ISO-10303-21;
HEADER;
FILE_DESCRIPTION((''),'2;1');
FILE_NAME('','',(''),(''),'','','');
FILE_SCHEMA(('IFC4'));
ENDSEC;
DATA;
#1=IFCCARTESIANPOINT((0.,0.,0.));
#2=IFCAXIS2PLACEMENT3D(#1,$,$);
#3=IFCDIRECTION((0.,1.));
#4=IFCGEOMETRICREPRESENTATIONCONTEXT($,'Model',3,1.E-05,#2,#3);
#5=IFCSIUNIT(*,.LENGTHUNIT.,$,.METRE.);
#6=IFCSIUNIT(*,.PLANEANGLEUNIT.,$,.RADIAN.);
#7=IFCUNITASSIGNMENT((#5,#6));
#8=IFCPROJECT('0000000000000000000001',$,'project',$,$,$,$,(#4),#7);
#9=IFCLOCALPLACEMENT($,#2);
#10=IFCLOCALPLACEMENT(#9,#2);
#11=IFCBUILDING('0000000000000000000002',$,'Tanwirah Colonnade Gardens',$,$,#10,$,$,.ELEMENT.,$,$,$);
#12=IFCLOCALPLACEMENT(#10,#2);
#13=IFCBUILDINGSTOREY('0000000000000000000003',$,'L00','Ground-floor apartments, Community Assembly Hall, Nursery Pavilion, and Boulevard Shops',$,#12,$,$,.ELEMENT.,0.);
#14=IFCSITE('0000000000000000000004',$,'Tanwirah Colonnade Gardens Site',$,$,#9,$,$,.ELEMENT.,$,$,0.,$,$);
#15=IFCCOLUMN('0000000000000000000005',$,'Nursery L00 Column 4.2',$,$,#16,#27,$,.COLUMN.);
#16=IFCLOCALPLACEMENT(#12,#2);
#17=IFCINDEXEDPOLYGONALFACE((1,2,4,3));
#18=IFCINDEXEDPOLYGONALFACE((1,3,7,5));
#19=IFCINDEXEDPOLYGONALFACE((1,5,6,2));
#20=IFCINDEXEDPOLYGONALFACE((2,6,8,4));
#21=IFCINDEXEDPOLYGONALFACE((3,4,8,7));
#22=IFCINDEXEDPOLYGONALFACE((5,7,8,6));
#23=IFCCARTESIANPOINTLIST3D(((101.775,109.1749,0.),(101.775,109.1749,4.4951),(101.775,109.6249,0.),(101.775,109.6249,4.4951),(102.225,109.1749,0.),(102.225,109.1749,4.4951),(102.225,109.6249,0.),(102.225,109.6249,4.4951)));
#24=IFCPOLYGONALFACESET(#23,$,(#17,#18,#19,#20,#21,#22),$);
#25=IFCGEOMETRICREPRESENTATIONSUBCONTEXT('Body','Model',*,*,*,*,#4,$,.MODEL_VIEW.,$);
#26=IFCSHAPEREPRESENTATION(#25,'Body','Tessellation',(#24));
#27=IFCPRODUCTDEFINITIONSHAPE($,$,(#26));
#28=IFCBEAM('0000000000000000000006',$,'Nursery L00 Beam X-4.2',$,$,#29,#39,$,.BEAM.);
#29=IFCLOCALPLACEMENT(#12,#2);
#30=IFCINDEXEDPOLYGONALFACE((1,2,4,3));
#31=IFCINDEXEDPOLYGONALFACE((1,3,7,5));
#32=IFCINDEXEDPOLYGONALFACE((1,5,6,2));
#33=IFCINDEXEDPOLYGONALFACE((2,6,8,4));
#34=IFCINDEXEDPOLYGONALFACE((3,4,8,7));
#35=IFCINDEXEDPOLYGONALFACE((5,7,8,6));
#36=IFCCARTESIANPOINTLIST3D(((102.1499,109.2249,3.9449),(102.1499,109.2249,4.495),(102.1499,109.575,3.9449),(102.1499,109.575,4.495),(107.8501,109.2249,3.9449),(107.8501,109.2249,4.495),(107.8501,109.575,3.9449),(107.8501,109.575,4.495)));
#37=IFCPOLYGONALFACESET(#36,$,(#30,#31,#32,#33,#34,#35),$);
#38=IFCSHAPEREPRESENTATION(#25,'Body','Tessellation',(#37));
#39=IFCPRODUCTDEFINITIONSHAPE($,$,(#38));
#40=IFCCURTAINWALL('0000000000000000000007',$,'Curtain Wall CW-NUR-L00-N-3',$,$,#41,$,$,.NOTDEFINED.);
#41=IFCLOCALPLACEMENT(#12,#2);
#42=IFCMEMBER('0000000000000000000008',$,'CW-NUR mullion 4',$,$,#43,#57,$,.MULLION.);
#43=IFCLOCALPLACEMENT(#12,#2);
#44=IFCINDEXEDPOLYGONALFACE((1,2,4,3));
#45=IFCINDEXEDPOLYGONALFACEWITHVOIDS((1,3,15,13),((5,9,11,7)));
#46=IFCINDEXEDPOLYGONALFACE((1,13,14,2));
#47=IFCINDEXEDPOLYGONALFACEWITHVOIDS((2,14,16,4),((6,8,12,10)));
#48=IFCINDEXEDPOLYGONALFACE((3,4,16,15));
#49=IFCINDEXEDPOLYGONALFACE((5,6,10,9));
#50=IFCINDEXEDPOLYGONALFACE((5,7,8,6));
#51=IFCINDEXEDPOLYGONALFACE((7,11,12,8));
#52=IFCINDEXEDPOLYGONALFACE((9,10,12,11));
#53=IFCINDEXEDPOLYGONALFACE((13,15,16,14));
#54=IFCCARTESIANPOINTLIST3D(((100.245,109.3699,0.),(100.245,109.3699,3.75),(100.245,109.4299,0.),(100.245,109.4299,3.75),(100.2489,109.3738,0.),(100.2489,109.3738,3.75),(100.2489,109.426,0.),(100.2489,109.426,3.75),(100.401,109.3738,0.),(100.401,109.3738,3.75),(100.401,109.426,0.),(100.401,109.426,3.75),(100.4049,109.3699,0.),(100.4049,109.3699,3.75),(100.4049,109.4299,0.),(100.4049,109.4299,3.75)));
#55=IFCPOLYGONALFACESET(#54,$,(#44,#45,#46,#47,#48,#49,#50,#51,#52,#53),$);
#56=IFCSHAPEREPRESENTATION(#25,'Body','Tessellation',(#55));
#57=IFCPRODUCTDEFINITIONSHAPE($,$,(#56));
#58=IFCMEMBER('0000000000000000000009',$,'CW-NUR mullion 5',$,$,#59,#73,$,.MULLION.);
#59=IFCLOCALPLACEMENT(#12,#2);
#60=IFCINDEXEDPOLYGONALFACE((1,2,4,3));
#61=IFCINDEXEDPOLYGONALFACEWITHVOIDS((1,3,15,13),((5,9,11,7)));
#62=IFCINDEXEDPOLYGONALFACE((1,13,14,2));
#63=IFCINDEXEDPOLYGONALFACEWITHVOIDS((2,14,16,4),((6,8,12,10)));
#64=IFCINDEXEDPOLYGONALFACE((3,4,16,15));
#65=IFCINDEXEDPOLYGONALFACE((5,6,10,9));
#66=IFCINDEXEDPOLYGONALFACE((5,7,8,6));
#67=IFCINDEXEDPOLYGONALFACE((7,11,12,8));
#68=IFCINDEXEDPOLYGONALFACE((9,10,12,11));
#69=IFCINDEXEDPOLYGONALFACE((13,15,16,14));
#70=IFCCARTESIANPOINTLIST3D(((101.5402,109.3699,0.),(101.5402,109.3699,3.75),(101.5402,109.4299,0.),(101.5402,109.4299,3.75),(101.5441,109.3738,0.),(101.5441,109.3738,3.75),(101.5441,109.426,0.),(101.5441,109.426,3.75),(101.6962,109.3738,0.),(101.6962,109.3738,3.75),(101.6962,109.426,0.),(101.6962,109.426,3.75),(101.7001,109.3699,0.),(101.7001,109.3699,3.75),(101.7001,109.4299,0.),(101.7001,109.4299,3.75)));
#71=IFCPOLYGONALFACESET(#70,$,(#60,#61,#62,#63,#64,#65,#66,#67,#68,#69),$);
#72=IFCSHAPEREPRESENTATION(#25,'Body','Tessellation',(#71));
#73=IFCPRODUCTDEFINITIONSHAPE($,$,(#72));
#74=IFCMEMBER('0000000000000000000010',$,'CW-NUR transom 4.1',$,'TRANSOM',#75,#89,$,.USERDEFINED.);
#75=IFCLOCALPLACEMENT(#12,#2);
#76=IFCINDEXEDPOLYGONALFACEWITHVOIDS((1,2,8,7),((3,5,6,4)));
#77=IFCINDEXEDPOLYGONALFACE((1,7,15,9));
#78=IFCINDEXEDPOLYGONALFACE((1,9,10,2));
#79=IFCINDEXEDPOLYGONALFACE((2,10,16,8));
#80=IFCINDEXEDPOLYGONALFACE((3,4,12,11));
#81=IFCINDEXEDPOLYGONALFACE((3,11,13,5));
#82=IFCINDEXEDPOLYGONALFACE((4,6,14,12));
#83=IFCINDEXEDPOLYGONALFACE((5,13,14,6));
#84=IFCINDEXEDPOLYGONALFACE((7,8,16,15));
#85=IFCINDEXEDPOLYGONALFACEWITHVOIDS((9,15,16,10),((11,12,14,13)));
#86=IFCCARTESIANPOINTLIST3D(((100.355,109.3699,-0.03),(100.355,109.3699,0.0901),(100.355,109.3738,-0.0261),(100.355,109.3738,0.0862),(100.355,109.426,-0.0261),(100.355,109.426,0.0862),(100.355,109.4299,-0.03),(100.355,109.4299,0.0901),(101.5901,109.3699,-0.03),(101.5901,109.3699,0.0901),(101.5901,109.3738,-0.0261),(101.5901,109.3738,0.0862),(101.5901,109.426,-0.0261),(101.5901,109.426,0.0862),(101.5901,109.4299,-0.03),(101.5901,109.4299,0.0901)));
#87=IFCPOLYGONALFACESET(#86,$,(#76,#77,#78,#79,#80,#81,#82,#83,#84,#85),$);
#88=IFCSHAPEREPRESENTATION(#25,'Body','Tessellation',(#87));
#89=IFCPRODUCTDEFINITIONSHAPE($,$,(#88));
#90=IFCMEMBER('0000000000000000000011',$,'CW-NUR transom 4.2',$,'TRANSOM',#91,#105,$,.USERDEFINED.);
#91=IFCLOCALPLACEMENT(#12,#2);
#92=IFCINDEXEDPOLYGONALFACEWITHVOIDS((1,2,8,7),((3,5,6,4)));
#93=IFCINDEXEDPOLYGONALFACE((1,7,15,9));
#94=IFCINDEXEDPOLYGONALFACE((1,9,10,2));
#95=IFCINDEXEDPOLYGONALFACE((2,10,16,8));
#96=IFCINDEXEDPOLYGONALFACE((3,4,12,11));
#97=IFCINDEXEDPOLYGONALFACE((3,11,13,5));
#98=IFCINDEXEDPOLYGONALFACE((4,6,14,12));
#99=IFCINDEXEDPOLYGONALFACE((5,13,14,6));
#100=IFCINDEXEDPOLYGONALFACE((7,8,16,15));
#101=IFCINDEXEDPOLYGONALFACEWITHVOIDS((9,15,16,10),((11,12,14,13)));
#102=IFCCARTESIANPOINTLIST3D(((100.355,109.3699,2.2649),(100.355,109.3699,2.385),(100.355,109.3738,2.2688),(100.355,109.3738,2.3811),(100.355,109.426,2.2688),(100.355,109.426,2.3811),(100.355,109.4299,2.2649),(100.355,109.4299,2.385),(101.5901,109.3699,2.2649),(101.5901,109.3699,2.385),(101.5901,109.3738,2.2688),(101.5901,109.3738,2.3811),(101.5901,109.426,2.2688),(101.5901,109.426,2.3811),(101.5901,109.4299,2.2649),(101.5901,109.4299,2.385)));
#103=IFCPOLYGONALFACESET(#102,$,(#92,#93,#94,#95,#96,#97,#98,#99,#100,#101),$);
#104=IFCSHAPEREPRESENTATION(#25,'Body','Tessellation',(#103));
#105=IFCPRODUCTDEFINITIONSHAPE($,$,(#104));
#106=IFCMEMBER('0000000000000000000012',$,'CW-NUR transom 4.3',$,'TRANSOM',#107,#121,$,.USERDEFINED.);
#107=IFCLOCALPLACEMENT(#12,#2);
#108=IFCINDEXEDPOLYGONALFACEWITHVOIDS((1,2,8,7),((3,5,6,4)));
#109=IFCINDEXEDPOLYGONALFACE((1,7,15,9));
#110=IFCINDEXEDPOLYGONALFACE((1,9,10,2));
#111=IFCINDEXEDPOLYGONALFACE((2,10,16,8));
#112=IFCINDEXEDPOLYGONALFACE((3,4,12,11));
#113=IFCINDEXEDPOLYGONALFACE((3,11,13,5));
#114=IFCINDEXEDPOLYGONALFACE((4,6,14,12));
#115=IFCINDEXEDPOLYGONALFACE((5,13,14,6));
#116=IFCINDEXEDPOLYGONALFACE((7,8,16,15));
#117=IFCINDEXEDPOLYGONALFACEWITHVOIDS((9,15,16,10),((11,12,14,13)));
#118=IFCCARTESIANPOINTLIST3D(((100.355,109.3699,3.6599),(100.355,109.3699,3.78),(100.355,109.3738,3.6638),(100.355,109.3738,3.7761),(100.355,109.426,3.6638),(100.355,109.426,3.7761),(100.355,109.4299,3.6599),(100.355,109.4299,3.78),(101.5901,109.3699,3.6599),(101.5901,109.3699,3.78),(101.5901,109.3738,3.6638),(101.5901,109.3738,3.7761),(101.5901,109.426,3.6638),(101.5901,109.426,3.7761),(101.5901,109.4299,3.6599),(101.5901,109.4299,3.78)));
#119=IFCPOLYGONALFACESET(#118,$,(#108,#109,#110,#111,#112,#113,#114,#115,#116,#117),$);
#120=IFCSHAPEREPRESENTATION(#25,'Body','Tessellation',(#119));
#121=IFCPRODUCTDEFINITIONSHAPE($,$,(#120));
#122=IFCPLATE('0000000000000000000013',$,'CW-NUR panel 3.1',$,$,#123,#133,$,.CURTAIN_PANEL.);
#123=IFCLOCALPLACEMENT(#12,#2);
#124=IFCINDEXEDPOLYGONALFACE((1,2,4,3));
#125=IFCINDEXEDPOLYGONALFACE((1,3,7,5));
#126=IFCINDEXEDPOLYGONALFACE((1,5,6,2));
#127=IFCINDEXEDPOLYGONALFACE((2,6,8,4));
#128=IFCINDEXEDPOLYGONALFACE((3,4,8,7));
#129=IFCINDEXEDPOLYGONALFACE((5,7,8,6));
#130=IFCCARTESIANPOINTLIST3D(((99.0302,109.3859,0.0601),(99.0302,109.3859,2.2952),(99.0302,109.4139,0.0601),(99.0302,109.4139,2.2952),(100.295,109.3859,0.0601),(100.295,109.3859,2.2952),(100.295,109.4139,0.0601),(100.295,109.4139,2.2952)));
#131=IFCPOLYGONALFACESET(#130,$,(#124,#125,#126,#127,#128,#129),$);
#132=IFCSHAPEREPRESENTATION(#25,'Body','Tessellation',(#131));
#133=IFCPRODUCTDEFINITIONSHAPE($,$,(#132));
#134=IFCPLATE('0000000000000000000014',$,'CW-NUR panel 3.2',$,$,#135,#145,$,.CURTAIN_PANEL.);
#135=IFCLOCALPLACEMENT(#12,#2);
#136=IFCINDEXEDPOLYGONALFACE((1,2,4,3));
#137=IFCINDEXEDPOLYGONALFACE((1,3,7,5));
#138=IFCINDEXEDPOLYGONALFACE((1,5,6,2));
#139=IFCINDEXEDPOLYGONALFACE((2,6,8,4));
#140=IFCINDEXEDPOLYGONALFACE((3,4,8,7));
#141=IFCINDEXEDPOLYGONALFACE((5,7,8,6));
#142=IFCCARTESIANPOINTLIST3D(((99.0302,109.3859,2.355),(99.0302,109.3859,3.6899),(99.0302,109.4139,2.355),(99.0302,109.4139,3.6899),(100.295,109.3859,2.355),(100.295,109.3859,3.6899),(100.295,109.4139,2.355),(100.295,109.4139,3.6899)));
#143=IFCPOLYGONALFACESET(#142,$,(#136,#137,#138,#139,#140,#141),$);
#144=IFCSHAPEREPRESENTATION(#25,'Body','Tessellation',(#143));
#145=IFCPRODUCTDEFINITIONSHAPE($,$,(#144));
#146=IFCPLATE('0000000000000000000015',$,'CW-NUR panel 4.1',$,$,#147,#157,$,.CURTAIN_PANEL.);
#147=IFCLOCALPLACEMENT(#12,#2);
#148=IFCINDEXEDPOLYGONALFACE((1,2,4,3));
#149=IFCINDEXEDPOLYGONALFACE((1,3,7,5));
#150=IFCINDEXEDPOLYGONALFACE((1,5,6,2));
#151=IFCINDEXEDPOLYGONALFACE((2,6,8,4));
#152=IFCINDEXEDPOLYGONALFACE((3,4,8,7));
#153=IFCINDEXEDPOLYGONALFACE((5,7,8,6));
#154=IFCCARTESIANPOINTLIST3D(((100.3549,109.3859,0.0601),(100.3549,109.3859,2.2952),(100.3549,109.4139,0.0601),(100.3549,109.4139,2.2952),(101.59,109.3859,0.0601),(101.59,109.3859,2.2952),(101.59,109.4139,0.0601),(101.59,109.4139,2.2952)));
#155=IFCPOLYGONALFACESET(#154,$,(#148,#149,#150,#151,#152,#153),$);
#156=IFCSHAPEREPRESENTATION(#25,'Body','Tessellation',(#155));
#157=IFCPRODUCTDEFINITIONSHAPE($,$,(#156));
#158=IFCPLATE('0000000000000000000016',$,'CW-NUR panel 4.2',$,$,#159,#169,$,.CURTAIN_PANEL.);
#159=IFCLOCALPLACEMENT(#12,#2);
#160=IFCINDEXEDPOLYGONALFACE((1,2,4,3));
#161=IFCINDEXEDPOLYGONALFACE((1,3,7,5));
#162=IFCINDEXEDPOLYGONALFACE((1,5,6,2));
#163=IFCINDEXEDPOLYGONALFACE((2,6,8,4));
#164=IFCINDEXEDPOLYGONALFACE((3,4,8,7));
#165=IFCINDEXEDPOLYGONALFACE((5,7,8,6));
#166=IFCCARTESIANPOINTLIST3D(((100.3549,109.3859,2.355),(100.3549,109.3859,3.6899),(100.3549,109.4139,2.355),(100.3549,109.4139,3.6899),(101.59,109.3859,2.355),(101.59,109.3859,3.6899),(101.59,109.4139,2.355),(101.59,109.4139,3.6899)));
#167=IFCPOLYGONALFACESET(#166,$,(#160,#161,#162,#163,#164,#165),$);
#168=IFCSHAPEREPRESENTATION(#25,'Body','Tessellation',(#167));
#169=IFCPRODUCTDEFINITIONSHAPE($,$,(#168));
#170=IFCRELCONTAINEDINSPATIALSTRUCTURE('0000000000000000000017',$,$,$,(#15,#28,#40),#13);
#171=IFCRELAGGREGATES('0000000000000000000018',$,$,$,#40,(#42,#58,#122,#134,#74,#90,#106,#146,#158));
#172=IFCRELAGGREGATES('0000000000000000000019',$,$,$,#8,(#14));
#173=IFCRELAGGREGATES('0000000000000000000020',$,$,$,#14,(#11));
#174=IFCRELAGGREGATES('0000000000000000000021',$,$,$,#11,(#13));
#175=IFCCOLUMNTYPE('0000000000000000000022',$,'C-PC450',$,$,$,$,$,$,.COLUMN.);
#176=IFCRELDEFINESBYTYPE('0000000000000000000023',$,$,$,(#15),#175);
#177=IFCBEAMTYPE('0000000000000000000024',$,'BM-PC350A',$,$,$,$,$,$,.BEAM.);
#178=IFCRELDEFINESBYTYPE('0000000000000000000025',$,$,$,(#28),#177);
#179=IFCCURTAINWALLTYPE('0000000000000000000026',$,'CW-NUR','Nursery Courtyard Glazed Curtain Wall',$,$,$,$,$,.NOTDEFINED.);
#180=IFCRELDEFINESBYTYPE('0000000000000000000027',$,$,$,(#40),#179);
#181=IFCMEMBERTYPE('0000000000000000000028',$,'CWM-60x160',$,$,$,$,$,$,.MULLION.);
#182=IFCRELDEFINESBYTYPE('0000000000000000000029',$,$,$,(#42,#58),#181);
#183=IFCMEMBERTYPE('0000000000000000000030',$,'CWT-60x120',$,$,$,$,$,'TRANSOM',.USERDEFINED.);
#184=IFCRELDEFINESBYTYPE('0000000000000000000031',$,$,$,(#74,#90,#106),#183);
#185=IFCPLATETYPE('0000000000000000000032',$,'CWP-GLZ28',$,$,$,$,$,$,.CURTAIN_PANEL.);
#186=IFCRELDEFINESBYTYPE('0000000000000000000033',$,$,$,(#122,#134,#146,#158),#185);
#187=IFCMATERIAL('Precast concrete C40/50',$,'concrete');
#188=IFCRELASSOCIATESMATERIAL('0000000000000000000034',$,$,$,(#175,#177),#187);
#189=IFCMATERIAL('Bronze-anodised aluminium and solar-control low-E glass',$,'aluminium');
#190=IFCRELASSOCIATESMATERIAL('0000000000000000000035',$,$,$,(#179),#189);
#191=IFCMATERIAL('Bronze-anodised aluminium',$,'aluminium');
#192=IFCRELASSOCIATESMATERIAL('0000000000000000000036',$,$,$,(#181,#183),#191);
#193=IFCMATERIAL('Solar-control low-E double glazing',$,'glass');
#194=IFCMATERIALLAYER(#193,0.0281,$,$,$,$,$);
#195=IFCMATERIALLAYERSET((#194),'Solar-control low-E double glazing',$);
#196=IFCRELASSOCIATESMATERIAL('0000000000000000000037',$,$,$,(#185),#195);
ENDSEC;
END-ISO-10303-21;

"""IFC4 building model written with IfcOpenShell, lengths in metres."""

from ifc_helpers import new_model, si_unit, direction, frame, origin, origin_2d, place, context, subcontext, project, spatial, rectangle, hollow_rectangle, extrude, material, layer, layer_set, material_profile, profile_set, type_object, element, aggregate, save


model = new_model("IFC4")

# Units and contexts
model_context = context("Model", 3, precision=1e-05, world=origin(), true_north=direction((0.0, 1.0)))
body_context = subcontext(model_context, "Body", "Model", "MODEL_VIEW")
ifc_project = project(units=[si_unit("LENGTHUNIT", "METRE"), si_unit("PLANEANGLEUNIT", "RADIAN")], contexts=[model_context])

# Site, building, storey
site_placement = place(None, origin())
site = spatial("IfcSite", under=ifc_project, at=site_placement, Name="Tanwirah Colonnade Gardens Site", CompositionType="ELEMENT", RefElevation=0.0)
building_placement = place(site_placement, origin())
building = spatial("IfcBuilding", under=site, at=building_placement, Name="Tanwirah Colonnade Gardens", CompositionType="ELEMENT")
storey_placement = place(building_placement, origin())
storey = spatial("IfcBuildingStorey", under=building, at=storey_placement, Name="L00", Description="Ground-floor apartments, Community Assembly Hall, Nursery Pavilion, and Boulevard Shops", CompositionType="ELEMENT", Elevation=0.0)

# Column
ifc_material_1 = material(Name="Precast concrete C40/50", Category="concrete")
ifc_material_profile_1 = material_profile(ifc_material_1, rectangle(XDim=0.45, YDim=0.45, at=origin_2d()), Name="PC-COL 450x450")
ifc_profile_set_1 = profile_set([ifc_material_profile_1], Name="Precast concrete C40/50")
column_type = type_object("IfcColumnType", Name="C-PC450", PredefinedType="COLUMN", material=ifc_profile_set_1)
column_placement = place(storey_placement, frame((102.0, 109.3999, 0.0), z_axis=(0.0, 0.0, 1.0), x_axis=(1.0, 0.0, 0.0)))
element("IfcColumn", 1, at=column_placement, inside=storey, type_object=column_type, Name="Nursery L00 Column 4.2", PredefinedType="COLUMN", context=body_context, shape_type="SweptSolid", body=[
    extrude(rectangle(XDim=0.45, YDim=0.45, at=origin_2d()), origin(), (0.0, 0.0, 1.0), 4.4951),
])

# Beam
ifc_material_profile_2 = material_profile(ifc_material_1, rectangle(XDim=0.3501, YDim=0.55, at=origin_2d()), Name="PC-BM 350x550")
ifc_profile_set_2 = profile_set([ifc_material_profile_2], Name="Precast concrete C40/50")
beam_type = type_object("IfcBeamType", Name="BM-PC350A", PredefinedType="BEAM", material=ifc_profile_set_2)
beam_placement = place(storey_placement, frame((102.1499, 109.3999, 4.22), z_axis=(1.0, 0.0, 0.0), x_axis=(0.0, 1.0, 0.0)))
element("IfcBeam", 2, at=beam_placement, inside=storey, type_object=beam_type, Name="Nursery L00 Beam X-4.2", PredefinedType="BEAM", context=body_context, shape_type="SweptSolid", body=[
    extrude(rectangle(XDim=0.3501, YDim=0.55, at=origin_2d()), origin(), (0.0, 0.0, 1.0), 5.7002),
])

# Curtain wall, members, plates
ifc_material_2 = material(Name="Bronze-anodised aluminium and solar-control low-E glass", Category="aluminium")
curtain_wall_type = type_object("IfcCurtainWallType", Name="CW-NUR", Description="Nursery Courtyard Glazed Curtain Wall", PredefinedType="NOTDEFINED", material=ifc_material_2)
curtain_wall_placement = place(storey_placement, origin())
curtain_wall = element("IfcCurtainWall", 3, at=curtain_wall_placement, inside=storey, type_object=curtain_wall_type, Name="Curtain Wall CW-NUR-L00-N-3", PredefinedType="NOTDEFINED")
ifc_material_3 = material(Name="Bronze-anodised aluminium", Category="aluminium")
ifc_material_profile_3 = material_profile(ifc_material_3, hollow_rectangle(XDim=0.0601, YDim=0.1599, WallThickness=0.0039, at=origin_2d()), Name="CW-MUL 60x160x4")
ifc_profile_set_3 = profile_set([ifc_material_profile_3], Name="Bronze-anodised aluminium")
member_type_1 = type_object("IfcMemberType", Name="CWM-60x160", PredefinedType="MULLION", material=ifc_profile_set_3)
member_1_placement = place(storey_placement, frame((100.325, 109.3999, 0.0), z_axis=(0.0, 0.0, 1.0), x_axis=(0.0, 1.0, 0.0)))
member_1 = element("IfcMember", 4, at=member_1_placement, type_object=member_type_1, Name="CW-NUR mullion 4", PredefinedType="MULLION", context=body_context, shape_type="SweptSolid", body=[
    extrude(hollow_rectangle(XDim=0.0601, YDim=0.1599, WallThickness=0.0039, at=origin_2d()), origin(), (0.0, 0.0, 1.0), 3.75),
])
member_2_placement = place(storey_placement, frame((101.6201, 109.3999, 0.0), z_axis=(0.0, 0.0, 1.0), x_axis=(0.0, 1.0, 0.0)))
member_2 = element("IfcMember", 5, at=member_2_placement, type_object=member_type_1, Name="CW-NUR mullion 5", PredefinedType="MULLION", context=body_context, shape_type="SweptSolid", body=[
    extrude(hollow_rectangle(XDim=0.0601, YDim=0.1599, WallThickness=0.0039, at=origin_2d()), origin(), (0.0, 0.0, 1.0), 3.75),
])
ifc_material_profile_4 = material_profile(ifc_material_3, hollow_rectangle(XDim=0.0601, YDim=0.1201, WallThickness=0.0039, at=origin_2d()), Name="CW-TRN 60x120x4")
ifc_profile_set_4 = profile_set([ifc_material_profile_4], Name="Bronze-anodised aluminium")
member_type_2 = type_object("IfcMemberType", Name="CWT-60x120", ElementType="TRANSOM", PredefinedType="USERDEFINED", material=ifc_profile_set_4)
member_3_placement = place(storey_placement, frame((100.355, 109.3999, 0.03), z_axis=(1.0, 0.0, 0.0), x_axis=(0.0, 1.0, 0.0)))
member_3 = element("IfcMember", 6, at=member_3_placement, type_object=member_type_2, Name="CW-NUR transom 4.1", ObjectType="TRANSOM", PredefinedType="USERDEFINED", context=body_context, shape_type="SweptSolid", body=[
    extrude(hollow_rectangle(XDim=0.0601, YDim=0.1201, WallThickness=0.0039, at=origin_2d()), origin(), (0.0, 0.0, 1.0), 1.2351),
])
member_4_placement = place(storey_placement, frame((100.355, 109.3999, 2.325), z_axis=(1.0, 0.0, 0.0), x_axis=(0.0, 1.0, 0.0)))
member_4 = element("IfcMember", 7, at=member_4_placement, type_object=member_type_2, Name="CW-NUR transom 4.2", ObjectType="TRANSOM", PredefinedType="USERDEFINED", context=body_context, shape_type="SweptSolid", body=[
    extrude(hollow_rectangle(XDim=0.0601, YDim=0.1201, WallThickness=0.0039, at=origin_2d()), origin(), (0.0, 0.0, 1.0), 1.2351),
])
member_5_placement = place(storey_placement, frame((100.355, 109.3999, 3.72), z_axis=(1.0, 0.0, 0.0), x_axis=(0.0, 1.0, 0.0)))
member_5 = element("IfcMember", 8, at=member_5_placement, type_object=member_type_2, Name="CW-NUR transom 4.3", ObjectType="TRANSOM", PredefinedType="USERDEFINED", context=body_context, shape_type="SweptSolid", body=[
    extrude(hollow_rectangle(XDim=0.0601, YDim=0.1201, WallThickness=0.0039, at=origin_2d()), origin(), (0.0, 0.0, 1.0), 1.2351),
])
ifc_material_4 = material(Name="Solar-control low-E double glazing", Category="glass")
ifc_layer_1 = layer(ifc_material_4, 0.0281)
ifc_layer_set_1 = layer_set([ifc_layer_1], Name="Solar-control low-E double glazing")
plate_type = type_object("IfcPlateType", Name="CWP-GLZ28", PredefinedType="CURTAIN_PANEL", material=ifc_layer_set_1)
plate_1_placement = place(storey_placement, frame((99.6626, 109.3999, 0.0601), z_axis=(0.0, 0.0, 1.0), x_axis=(1.0, 0.0, 0.0)))
plate_1 = element("IfcPlate", 9, at=plate_1_placement, type_object=plate_type, Name="CW-NUR panel 3.1", PredefinedType="CURTAIN_PANEL", context=body_context, shape_type="SweptSolid", body=[
    extrude(rectangle(XDim=1.2649, YDim=0.0281, at=origin_2d()), origin(), (0.0, 0.0, 1.0), 2.2351),
])
plate_2_placement = place(storey_placement, frame((99.6626, 109.3999, 2.355), z_axis=(0.0, 0.0, 1.0), x_axis=(1.0, 0.0, 0.0)))
plate_2 = element("IfcPlate", 10, at=plate_2_placement, type_object=plate_type, Name="CW-NUR panel 3.2", PredefinedType="CURTAIN_PANEL", context=body_context, shape_type="SweptSolid", body=[
    extrude(rectangle(XDim=1.2649, YDim=0.0281, at=origin_2d()), origin(), (0.0, 0.0, 1.0), 1.335),
])
plate_3_placement = place(storey_placement, frame((100.9724, 109.3999, 0.0601), z_axis=(0.0, 0.0, 1.0), x_axis=(1.0, 0.0, 0.0)))
plate_3 = element("IfcPlate", 11, at=plate_3_placement, type_object=plate_type, Name="CW-NUR panel 4.1", PredefinedType="CURTAIN_PANEL", context=body_context, shape_type="SweptSolid", body=[
    extrude(rectangle(XDim=1.2351, YDim=0.0281, at=origin_2d()), origin(), (0.0, 0.0, 1.0), 2.2351),
])
plate_4_placement = place(storey_placement, frame((100.9724, 109.3999, 2.355), z_axis=(0.0, 0.0, 1.0), x_axis=(1.0, 0.0, 0.0)))
plate_4 = element("IfcPlate", 12, at=plate_4_placement, type_object=plate_type, Name="CW-NUR panel 4.2", PredefinedType="CURTAIN_PANEL", context=body_context, shape_type="SweptSolid", body=[
    extrude(rectangle(XDim=1.2351, YDim=0.0281, at=origin_2d()), origin(), (0.0, 0.0, 1.0), 1.335),
])
aggregate(curtain_wall, [member_1, member_2, plate_1, plate_2, member_3, member_4, member_5, plate_3, plate_4])

save(model, "model.ifc")
